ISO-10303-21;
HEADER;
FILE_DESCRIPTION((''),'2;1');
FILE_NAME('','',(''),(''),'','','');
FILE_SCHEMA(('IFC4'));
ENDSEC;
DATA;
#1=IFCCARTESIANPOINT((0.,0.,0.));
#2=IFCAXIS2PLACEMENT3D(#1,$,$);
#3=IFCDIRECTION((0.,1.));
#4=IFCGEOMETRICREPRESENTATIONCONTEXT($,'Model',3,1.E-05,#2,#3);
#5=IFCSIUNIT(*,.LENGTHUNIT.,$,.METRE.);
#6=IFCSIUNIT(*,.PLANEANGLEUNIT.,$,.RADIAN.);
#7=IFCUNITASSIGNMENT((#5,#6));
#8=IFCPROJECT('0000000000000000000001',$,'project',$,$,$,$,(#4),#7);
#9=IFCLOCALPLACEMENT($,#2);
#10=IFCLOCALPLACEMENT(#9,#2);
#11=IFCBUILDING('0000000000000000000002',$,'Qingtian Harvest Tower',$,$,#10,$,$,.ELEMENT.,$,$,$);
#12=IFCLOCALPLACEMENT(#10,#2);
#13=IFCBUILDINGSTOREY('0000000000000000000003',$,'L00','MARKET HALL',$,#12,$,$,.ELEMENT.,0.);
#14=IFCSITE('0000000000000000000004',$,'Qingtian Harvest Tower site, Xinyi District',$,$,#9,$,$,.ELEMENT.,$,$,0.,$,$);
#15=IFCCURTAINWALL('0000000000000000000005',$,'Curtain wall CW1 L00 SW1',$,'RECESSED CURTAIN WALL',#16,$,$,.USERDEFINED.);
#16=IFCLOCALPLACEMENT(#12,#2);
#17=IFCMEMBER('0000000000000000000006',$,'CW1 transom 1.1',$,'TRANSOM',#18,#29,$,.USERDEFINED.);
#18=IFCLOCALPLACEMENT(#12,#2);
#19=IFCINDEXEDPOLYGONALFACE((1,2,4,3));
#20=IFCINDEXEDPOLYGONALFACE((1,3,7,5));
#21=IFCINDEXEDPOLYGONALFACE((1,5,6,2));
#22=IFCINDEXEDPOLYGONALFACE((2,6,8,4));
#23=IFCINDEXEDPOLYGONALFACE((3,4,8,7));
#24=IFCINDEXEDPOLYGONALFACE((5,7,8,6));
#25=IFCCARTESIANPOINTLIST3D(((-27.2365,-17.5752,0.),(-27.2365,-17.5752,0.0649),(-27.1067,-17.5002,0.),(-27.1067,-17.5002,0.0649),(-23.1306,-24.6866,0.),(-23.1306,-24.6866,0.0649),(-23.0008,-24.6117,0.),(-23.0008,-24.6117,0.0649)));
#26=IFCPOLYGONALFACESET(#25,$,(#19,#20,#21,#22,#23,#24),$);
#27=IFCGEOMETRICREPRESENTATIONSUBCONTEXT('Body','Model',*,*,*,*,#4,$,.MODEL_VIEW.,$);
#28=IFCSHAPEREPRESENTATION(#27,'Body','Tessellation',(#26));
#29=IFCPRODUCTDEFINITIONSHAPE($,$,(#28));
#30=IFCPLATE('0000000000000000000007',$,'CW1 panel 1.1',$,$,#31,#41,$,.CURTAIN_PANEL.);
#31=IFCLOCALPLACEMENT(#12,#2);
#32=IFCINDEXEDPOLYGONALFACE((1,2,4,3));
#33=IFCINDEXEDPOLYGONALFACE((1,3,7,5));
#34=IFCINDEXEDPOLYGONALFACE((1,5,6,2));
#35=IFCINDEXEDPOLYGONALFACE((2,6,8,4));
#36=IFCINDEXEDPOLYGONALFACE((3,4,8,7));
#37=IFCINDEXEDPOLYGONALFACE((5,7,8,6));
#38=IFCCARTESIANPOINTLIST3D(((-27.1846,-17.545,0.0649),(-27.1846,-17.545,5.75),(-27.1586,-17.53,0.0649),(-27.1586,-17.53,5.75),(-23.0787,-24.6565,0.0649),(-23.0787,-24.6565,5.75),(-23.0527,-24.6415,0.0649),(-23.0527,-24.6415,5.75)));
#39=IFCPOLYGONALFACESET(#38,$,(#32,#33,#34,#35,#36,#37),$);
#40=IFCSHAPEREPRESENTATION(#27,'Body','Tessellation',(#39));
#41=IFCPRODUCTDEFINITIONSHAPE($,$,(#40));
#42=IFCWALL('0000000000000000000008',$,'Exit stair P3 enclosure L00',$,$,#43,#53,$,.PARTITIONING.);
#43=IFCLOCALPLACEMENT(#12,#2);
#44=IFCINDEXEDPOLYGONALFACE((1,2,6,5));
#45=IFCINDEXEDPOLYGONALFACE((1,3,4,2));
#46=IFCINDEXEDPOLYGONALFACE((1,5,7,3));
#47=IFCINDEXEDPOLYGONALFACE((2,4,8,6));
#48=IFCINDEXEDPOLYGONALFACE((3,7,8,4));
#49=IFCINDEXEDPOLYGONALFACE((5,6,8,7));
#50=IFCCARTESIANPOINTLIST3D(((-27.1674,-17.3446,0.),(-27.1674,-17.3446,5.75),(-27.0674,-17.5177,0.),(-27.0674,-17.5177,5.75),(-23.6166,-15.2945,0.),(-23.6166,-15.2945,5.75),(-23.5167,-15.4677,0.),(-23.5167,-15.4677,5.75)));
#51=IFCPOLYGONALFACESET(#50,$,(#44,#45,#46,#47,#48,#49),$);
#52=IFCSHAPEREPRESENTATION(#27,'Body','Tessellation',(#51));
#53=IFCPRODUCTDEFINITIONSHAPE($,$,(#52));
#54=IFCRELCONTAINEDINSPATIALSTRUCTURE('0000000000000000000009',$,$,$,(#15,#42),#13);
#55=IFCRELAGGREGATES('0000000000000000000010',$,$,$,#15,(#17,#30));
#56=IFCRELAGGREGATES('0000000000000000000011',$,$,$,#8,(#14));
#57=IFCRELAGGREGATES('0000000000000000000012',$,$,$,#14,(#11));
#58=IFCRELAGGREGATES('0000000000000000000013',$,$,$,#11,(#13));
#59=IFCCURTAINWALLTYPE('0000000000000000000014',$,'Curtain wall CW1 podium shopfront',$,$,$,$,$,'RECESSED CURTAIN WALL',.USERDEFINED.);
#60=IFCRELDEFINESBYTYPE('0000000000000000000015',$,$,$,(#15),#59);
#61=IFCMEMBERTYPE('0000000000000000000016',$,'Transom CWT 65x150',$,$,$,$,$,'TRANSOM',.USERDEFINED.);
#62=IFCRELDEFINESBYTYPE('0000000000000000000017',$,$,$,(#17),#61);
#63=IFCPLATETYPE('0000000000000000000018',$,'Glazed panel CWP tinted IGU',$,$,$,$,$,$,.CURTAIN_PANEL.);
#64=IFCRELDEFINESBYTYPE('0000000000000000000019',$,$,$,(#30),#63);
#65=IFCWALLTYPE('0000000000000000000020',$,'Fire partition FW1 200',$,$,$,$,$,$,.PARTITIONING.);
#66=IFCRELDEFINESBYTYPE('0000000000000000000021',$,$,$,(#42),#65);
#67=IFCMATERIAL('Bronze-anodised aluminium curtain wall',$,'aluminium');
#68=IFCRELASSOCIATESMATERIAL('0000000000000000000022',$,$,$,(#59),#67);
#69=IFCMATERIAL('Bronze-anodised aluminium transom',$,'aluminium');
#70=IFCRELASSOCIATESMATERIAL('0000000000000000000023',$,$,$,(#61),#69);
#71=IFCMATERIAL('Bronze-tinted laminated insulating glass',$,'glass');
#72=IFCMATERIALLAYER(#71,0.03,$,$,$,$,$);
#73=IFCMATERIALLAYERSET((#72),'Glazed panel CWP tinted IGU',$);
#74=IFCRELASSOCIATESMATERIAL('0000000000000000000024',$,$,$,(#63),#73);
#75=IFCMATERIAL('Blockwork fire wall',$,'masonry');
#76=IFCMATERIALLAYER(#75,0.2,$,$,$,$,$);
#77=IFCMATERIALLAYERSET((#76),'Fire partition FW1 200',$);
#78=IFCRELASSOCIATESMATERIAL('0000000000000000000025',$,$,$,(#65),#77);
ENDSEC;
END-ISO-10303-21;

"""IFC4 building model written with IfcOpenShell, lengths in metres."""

from ifc_helpers import new_model, si_unit, direction, frame, frame_2d, origin, origin_2d, place, context, subcontext, project, spatial, rectangle, extrude, material, layer, layer_set, material_profile, profile_set, type_object, element, aggregate, save


model = new_model("IFC4")

# Units and contexts
model_context = context("Model", 3, precision=1e-05, world=origin(), true_north=direction((0.0, 1.0)))
body_context = subcontext(model_context, "Body", "Model", "MODEL_VIEW")
ifc_project = project(units=[si_unit("LENGTHUNIT", "METRE"), si_unit("PLANEANGLEUNIT", "RADIAN")], contexts=[model_context])

# Site, building, storey
site_placement = place(None, origin())
site = spatial("IfcSite", under=ifc_project, at=site_placement, Name="Qingtian Harvest Tower site, Xinyi District", CompositionType="ELEMENT", RefElevation=0.0)
building_placement = place(site_placement, origin())
building = spatial("IfcBuilding", under=site, at=building_placement, Name="Qingtian Harvest Tower", CompositionType="ELEMENT")
storey_placement = place(building_placement, origin())
storey = spatial("IfcBuildingStorey", under=building, at=storey_placement, Name="L00", Description="MARKET HALL", CompositionType="ELEMENT", Elevation=0.0)

# Curtain wall
ifc_material_1 = material(Name="Bronze-anodised aluminium curtain wall", Category="aluminium")
curtain_wall_type = type_object("IfcCurtainWallType", Name="Curtain wall CW1 podium shopfront", ElementType="RECESSED CURTAIN WALL", PredefinedType="USERDEFINED", material=ifc_material_1)
curtain_wall_placement = place(storey_placement, origin())
curtain_wall = element("IfcCurtainWall", 1, at=curtain_wall_placement, inside=storey, type_object=curtain_wall_type, Name="Curtain wall CW1 L00 SW1", ObjectType="RECESSED CURTAIN WALL", PredefinedType="USERDEFINED")

# Member
ifc_material_2 = material(Name="Bronze-anodised aluminium transom", Category="aluminium")
ifc_material_profile_1 = material_profile(ifc_material_2, rectangle(XDim=0.1499, YDim=0.0649, at=origin_2d()), Name="AL 65x150")
ifc_profile_set_1 = profile_set([ifc_material_profile_1], Name="Bronze-anodised aluminium transom")
member_type_1 = type_object("IfcMemberType", Name="Transom CWT 65x150", ElementType="TRANSOM", PredefinedType="USERDEFINED", material=ifc_profile_set_1)
member_1_placement = place(storey_placement, frame((-23.0657, -24.6492, 0.0325), z_axis=(-0.500008, 0.866021, 0.0), x_axis=(-0.866021, -0.500008, 0.0)))
member_1 = element("IfcMember", 2, at=member_1_placement, type_object=member_type_1, Name="CW1 transom 1.1", ObjectType="TRANSOM", PredefinedType="USERDEFINED", context=body_context, shape_type="SweptSolid", body=[
    extrude(rectangle(XDim=0.1499, YDim=0.0649, at=origin_2d()), origin(), (0.0, 0.0, 1.0), 8.2117),
])

# Plate
ifc_material_3 = material(Name="Bronze-tinted laminated insulating glass", Category="glass")
ifc_layer_1 = layer(ifc_material_3, 0.03)
ifc_layer_set_1 = layer_set([ifc_layer_1], Name="Glazed panel CWP tinted IGU")
plate_type = type_object("IfcPlateType", Name="Glazed panel CWP tinted IGU", PredefinedType="CURTAIN_PANEL", material=ifc_layer_set_1)
plate_placement = place(storey_placement, frame((-25.1187, -21.0933, 0.0649), z_axis=(0.0, 0.0, 1.0), x_axis=(-0.5, 0.866025, 0.0)))
plate = element("IfcPlate", 3, at=plate_placement, type_object=plate_type, Name="CW1 panel 1.1", PredefinedType="CURTAIN_PANEL", context=body_context, shape_type="SweptSolid", body=[
    extrude(rectangle(XDim=8.2117, YDim=0.03, at=origin_2d()), origin(), (0.0, 0.0, 1.0), 5.6851),
])
aggregate(curtain_wall, [member_1, plate])

# Wall
ifc_material_4 = material(Name="Blockwork fire wall", Category="masonry")
ifc_layer_2 = layer(ifc_material_4, 0.2)
ifc_layer_set_2 = layer_set([ifc_layer_2], Name="Fire partition FW1 200")
wall_type_1 = type_object("IfcWallType", Name="Fire partition FW1 200", PredefinedType="PARTITIONING", material=ifc_layer_set_2)
wall_1_placement = place(storey_placement, frame((-27.1174, -17.4312, 0.0), z_axis=(0.0, 0.0, 1.0), x_axis=(0.866025, 0.500001, 0.0)))
element("IfcWall", 4, at=wall_1_placement, inside=storey, type_object=wall_type_1, Name="Exit stair P3 enclosure L00", PredefinedType="PARTITIONING", context=body_context, shape_type="SweptSolid", body=[
    extrude(rectangle(XDim=4.1001, YDim=0.2, at=frame_2d((2.05, 0.0))), origin(), (0.0, 0.0, 1.0), 5.75),
])

save(model, "model.ifc")
